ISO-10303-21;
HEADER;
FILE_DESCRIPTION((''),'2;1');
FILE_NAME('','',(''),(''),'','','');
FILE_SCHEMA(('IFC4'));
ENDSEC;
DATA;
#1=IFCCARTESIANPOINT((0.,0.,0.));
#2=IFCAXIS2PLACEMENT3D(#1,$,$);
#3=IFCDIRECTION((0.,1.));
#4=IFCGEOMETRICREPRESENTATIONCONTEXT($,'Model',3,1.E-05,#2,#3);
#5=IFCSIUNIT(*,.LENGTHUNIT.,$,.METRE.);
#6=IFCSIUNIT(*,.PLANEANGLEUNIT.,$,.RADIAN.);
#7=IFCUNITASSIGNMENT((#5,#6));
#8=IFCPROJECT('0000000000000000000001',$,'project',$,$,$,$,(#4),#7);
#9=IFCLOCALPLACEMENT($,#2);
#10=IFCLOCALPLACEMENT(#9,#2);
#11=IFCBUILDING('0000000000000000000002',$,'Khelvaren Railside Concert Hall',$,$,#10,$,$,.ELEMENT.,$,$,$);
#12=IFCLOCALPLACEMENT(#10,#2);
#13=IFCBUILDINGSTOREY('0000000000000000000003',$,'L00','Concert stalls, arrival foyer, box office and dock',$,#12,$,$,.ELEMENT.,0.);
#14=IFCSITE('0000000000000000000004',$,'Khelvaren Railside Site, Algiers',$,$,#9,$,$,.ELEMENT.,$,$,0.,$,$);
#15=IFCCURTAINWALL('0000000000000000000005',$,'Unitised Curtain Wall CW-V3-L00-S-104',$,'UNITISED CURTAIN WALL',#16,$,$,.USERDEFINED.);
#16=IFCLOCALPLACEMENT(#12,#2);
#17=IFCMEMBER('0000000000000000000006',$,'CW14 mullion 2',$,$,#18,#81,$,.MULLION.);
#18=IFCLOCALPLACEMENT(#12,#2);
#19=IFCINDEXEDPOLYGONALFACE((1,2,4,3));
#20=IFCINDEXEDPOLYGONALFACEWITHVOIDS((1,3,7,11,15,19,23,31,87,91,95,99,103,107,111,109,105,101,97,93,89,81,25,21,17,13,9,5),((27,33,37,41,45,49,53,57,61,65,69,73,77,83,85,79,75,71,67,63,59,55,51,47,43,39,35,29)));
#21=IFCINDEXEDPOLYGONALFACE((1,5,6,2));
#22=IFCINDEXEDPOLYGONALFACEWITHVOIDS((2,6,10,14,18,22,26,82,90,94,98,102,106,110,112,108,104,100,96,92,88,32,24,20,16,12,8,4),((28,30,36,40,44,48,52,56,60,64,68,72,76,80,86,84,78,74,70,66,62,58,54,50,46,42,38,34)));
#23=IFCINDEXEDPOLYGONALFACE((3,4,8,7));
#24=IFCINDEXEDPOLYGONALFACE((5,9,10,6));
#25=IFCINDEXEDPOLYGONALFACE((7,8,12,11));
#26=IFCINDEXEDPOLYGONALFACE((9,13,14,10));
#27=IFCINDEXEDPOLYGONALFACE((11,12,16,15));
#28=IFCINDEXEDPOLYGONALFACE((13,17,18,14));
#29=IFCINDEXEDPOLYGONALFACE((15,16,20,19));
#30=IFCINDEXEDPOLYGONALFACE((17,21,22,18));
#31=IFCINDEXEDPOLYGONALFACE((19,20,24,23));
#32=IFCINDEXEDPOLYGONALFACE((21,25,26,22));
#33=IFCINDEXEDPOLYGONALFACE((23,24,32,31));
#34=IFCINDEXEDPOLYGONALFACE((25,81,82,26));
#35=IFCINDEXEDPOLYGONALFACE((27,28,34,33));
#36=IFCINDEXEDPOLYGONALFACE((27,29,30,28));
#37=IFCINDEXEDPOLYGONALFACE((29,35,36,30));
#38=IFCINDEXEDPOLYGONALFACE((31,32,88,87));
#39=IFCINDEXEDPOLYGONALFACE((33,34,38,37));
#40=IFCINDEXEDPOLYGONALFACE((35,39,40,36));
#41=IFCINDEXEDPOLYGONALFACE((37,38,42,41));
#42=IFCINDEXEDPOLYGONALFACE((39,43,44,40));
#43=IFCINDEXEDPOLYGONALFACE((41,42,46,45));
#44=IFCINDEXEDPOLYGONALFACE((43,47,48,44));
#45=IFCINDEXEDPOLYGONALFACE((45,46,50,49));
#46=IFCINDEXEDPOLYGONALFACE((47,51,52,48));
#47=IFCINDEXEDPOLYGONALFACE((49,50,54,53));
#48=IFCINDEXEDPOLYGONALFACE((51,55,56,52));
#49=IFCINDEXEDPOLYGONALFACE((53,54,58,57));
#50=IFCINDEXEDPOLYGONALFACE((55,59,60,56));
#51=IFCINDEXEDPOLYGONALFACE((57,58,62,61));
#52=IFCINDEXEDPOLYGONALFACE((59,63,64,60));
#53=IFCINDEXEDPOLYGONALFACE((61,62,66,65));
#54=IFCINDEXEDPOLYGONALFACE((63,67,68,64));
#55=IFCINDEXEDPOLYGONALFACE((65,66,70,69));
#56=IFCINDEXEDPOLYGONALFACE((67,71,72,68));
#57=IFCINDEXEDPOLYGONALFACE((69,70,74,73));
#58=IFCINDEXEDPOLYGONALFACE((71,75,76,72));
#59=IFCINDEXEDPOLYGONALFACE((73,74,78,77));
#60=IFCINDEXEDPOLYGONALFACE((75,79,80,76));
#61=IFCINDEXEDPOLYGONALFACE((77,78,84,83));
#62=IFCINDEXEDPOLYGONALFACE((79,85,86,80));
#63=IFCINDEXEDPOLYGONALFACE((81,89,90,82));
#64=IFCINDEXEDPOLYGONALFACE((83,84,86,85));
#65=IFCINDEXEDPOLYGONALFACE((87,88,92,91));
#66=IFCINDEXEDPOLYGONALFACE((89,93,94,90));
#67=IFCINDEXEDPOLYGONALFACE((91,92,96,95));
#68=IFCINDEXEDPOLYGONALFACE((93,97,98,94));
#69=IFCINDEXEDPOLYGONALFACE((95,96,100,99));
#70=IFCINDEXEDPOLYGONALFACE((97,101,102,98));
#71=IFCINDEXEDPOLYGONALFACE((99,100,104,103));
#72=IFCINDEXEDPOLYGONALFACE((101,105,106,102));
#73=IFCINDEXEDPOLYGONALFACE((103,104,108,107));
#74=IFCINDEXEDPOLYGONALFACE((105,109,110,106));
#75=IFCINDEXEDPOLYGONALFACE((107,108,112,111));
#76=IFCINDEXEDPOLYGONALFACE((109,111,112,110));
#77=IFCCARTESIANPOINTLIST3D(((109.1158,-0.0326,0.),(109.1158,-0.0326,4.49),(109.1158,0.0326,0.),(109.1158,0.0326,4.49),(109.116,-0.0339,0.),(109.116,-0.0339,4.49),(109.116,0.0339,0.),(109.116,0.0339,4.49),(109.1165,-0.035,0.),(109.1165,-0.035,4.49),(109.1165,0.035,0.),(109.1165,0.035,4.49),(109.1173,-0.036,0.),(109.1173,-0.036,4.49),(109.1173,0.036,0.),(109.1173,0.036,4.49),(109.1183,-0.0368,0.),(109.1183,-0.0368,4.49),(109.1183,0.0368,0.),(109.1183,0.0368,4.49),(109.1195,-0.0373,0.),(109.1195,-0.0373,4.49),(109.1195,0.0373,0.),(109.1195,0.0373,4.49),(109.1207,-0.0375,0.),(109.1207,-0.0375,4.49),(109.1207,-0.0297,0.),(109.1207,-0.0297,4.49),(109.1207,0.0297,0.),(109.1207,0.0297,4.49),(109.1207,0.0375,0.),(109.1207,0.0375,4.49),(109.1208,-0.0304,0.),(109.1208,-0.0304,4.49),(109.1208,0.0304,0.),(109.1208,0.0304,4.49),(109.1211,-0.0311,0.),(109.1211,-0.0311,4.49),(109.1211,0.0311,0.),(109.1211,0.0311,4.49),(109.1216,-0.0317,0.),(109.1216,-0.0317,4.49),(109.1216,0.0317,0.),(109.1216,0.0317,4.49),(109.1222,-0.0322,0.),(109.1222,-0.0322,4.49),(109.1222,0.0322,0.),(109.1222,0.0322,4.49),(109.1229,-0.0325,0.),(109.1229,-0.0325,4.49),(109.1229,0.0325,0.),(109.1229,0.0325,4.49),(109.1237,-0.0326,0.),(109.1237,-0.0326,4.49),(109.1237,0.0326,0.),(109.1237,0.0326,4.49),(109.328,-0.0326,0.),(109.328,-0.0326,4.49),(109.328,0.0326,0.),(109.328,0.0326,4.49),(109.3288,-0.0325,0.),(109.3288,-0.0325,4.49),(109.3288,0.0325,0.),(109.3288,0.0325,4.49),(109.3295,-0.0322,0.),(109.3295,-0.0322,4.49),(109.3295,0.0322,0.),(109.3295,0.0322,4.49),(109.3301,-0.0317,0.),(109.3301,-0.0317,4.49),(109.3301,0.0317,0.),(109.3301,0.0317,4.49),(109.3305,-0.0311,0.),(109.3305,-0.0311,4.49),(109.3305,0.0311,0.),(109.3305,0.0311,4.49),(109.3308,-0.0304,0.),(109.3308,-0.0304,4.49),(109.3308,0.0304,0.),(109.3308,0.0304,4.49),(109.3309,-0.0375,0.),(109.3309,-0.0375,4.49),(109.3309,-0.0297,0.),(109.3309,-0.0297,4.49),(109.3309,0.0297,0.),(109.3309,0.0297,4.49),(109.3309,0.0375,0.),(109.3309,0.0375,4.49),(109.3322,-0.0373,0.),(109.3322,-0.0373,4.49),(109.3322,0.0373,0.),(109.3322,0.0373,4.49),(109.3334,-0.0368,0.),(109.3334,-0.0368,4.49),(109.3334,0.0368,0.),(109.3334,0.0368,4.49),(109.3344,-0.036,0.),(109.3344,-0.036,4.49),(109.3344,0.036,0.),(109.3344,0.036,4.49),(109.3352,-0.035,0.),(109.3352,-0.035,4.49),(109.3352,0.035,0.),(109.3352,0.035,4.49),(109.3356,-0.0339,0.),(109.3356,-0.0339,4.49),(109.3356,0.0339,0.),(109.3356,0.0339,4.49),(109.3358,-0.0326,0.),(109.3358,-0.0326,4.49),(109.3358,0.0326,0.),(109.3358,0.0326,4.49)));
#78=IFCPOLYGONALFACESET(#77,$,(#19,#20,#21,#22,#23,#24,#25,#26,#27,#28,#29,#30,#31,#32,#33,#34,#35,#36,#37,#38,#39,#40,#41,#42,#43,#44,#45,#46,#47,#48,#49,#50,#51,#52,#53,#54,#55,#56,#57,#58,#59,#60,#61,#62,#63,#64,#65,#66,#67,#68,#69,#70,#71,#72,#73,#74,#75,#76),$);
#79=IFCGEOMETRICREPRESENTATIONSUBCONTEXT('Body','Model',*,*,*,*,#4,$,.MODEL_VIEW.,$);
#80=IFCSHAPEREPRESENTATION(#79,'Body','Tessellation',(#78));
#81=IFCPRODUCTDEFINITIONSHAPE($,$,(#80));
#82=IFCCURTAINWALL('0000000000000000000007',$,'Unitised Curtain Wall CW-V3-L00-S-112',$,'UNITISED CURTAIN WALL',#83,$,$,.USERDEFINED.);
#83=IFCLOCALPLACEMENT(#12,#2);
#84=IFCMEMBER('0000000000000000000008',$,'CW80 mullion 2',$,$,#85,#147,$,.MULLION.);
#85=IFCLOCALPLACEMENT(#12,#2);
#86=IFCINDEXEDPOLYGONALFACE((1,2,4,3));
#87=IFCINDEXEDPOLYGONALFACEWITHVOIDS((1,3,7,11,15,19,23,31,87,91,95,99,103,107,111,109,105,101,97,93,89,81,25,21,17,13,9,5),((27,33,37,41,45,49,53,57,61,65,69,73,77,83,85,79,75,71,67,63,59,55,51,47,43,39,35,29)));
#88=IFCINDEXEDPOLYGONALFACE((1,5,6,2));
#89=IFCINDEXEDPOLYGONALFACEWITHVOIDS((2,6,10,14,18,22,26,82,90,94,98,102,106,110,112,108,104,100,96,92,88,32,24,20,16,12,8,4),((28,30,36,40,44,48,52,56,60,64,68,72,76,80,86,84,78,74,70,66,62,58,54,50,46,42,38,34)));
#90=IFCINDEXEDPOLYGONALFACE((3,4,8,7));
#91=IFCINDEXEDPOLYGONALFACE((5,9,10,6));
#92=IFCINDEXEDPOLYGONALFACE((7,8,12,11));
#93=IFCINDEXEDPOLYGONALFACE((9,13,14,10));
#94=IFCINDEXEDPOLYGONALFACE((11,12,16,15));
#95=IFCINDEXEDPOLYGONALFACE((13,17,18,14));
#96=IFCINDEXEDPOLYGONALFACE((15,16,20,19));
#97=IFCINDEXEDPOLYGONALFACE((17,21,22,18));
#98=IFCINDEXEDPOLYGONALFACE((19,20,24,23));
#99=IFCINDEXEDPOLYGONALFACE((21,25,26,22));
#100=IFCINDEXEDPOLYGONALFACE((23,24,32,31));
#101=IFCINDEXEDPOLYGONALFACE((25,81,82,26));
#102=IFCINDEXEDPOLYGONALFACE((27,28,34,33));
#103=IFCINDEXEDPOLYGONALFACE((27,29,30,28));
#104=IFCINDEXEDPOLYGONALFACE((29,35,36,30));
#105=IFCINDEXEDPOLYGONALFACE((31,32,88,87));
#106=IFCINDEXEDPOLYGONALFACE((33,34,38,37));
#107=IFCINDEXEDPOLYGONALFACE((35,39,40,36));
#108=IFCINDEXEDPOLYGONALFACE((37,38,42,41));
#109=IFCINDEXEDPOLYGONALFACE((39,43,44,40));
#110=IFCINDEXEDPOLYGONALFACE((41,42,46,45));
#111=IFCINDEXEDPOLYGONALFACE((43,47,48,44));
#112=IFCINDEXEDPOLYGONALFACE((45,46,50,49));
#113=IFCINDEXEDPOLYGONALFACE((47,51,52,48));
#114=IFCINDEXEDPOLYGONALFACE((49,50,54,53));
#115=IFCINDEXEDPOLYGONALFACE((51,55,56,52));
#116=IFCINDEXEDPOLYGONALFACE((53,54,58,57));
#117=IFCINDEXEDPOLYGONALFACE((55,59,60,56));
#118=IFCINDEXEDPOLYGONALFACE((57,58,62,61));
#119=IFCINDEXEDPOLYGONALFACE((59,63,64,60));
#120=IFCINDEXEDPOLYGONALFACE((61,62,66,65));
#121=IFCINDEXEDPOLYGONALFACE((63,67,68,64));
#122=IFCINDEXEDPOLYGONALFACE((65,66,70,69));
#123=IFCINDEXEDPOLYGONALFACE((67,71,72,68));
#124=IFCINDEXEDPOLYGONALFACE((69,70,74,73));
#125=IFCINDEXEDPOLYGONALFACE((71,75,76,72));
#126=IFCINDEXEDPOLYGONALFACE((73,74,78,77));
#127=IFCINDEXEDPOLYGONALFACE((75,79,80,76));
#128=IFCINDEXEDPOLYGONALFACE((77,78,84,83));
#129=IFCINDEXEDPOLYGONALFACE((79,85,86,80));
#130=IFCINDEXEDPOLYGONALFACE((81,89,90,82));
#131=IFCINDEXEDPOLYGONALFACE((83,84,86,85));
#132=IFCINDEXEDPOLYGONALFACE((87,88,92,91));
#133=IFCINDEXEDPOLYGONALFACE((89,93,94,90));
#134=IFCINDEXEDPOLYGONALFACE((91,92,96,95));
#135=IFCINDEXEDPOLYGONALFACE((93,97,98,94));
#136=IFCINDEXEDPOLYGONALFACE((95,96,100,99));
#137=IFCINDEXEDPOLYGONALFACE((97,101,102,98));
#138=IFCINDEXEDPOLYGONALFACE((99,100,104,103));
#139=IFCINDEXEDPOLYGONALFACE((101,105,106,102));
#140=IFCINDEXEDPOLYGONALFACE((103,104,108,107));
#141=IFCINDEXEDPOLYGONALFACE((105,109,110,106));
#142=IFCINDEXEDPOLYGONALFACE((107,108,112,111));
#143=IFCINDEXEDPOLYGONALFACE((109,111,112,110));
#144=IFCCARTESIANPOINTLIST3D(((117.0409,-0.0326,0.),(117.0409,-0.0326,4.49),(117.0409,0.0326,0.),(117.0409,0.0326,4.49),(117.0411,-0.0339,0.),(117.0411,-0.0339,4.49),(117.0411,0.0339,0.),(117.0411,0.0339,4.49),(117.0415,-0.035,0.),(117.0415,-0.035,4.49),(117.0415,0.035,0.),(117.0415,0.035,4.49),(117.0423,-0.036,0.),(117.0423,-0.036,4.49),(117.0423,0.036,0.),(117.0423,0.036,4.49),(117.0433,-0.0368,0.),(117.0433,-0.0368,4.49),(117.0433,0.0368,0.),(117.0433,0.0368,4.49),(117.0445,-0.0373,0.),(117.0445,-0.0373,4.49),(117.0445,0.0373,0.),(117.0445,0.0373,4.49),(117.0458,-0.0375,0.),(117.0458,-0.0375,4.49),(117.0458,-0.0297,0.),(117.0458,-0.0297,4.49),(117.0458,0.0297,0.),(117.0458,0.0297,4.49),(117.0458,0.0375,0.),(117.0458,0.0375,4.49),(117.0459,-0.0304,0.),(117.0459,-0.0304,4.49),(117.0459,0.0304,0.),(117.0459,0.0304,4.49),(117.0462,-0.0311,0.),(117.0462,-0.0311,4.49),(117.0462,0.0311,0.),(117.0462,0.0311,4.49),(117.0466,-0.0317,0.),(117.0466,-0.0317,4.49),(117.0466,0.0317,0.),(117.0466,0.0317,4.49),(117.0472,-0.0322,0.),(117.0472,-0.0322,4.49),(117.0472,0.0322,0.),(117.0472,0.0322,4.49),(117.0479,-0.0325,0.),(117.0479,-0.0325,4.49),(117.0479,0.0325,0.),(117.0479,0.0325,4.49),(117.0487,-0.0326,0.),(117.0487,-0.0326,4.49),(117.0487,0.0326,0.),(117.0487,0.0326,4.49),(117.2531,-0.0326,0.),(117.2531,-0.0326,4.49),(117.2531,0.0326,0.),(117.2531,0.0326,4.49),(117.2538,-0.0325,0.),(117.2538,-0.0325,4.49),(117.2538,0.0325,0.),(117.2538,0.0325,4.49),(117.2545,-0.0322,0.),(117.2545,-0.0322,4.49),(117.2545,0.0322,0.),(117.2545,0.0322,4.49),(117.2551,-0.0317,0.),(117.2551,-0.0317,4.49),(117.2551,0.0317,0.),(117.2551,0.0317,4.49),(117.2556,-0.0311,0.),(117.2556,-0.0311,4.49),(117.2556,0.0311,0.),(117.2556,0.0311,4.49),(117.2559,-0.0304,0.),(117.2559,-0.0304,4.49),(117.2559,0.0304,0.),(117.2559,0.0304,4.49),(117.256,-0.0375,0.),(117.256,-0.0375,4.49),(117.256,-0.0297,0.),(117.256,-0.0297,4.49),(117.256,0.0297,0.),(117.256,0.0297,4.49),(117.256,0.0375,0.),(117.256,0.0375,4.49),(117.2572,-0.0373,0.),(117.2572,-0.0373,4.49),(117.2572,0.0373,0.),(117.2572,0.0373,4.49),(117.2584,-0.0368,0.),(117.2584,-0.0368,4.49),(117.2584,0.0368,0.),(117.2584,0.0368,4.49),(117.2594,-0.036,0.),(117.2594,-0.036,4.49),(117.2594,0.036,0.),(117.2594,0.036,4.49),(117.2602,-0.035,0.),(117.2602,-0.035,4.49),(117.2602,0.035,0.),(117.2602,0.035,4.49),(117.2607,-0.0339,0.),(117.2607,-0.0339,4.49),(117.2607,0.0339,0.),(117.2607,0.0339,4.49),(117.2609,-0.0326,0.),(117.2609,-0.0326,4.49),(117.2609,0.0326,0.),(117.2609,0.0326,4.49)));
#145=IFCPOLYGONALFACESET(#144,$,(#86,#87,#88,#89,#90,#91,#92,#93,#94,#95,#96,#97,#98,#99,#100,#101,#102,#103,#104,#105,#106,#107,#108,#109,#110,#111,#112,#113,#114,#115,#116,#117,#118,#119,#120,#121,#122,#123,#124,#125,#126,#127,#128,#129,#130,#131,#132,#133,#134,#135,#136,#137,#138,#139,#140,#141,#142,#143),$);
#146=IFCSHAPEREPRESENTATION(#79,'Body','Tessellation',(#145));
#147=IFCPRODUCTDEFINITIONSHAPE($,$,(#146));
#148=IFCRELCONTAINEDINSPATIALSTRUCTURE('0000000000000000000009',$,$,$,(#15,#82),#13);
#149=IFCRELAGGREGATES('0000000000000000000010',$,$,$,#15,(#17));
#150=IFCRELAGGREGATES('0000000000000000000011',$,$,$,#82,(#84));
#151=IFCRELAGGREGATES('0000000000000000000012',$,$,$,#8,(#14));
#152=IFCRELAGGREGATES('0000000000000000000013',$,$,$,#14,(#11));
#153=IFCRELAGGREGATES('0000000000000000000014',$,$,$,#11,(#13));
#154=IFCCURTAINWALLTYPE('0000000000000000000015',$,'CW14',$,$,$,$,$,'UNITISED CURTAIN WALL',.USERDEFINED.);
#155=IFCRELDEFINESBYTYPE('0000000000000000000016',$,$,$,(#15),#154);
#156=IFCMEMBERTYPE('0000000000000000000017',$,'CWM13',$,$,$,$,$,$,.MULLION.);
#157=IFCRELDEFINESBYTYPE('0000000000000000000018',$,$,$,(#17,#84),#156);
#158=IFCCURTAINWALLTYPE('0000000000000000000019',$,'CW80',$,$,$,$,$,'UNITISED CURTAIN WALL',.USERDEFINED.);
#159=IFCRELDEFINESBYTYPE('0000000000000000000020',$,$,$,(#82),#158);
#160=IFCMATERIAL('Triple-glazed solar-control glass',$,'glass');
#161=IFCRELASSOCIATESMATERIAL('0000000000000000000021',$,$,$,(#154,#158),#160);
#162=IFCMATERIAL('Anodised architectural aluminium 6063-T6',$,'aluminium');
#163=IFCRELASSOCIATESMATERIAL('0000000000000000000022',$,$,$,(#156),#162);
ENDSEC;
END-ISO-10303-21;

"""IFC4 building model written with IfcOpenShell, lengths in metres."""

from ifc_helpers import new_model, si_unit, direction, frame, origin, origin_2d, place, context, subcontext, project, spatial, hollow_rectangle, extrude, material, material_profile, profile_set, type_object, element, aggregate, save


model = new_model("IFC4")

# Units and contexts
model_context = context("Model", 3, precision=1e-05, world=origin(), true_north=direction((0.0, 1.0)))
body_context = subcontext(model_context, "Body", "Model", "MODEL_VIEW")
ifc_project = project(units=[si_unit("LENGTHUNIT", "METRE"), si_unit("PLANEANGLEUNIT", "RADIAN")], contexts=[model_context])

# Site, building, storey
site_placement = place(None, origin())
site = spatial("IfcSite", under=ifc_project, at=site_placement, Name="Khelvaren Railside Site, Algiers", CompositionType="ELEMENT", RefElevation=0.0)
building_placement = place(site_placement, origin())
building = spatial("IfcBuilding", under=site, at=building_placement, Name="Khelvaren Railside Concert Hall", CompositionType="ELEMENT")
storey_placement = place(building_placement, origin())
storey = spatial("IfcBuildingStorey", under=building, at=storey_placement, Name="L00", Description="Concert stalls, arrival foyer, box office and dock", CompositionType="ELEMENT", Elevation=0.0)

# Curtain walls, members
ifc_material_1 = material(Name="Triple-glazed solar-control glass", Category="glass")
curtain_wall_type_1 = type_object("IfcCurtainWallType", Name="CW14", ElementType="UNITISED CURTAIN WALL", PredefinedType="USERDEFINED", material=ifc_material_1)
curtain_wall_1_placement = place(storey_placement, origin())
curtain_wall_1 = element("IfcCurtainWall", 1, at=curtain_wall_1_placement, inside=storey, type_object=curtain_wall_type_1, Name="Unitised Curtain Wall CW-V3-L00-S-104", ObjectType="UNITISED CURTAIN WALL", PredefinedType="USERDEFINED")
ifc_material_2 = material(Name="Anodised architectural aluminium 6063-T6", Category="aluminium")
ifc_material_profile_1 = material_profile(ifc_material_2, hollow_rectangle(XDim=0.075, YDim=0.22, WallThickness=0.0049, InnerFilletRadius=0.0029, OuterFilletRadius=0.0049, at=origin_2d()), Name="CWM 75x220x5")
ifc_profile_set_1 = profile_set([ifc_material_profile_1], Name="Anodised architectural aluminium 6063-T6")
member_type_1 = type_object("IfcMemberType", Name="CWM13", PredefinedType="MULLION", material=ifc_profile_set_1)
member_1_placement = place(storey_placement, frame((109.2258, 0.0, 0.0), z_axis=(0.0, 0.0, 1.0), x_axis=(0.0, -1.0, 0.0)))
member_1 = element("IfcMember", 2, at=member_1_placement, type_object=member_type_1, Name="CW14 mullion 2", PredefinedType="MULLION", context=body_context, shape_type="SweptSolid", body=[
    extrude(hollow_rectangle(XDim=0.075, YDim=0.22, WallThickness=0.0049, InnerFilletRadius=0.0029, OuterFilletRadius=0.0049, at=origin_2d()), origin(), (0.0, 0.0, 1.0), 4.49),
])
curtain_wall_type_2 = type_object("IfcCurtainWallType", Name="CW80", ElementType="UNITISED CURTAIN WALL", PredefinedType="USERDEFINED", material=ifc_material_1)
curtain_wall_2_placement = place(storey_placement, origin())
curtain_wall_2 = element("IfcCurtainWall", 3, at=curtain_wall_2_placement, inside=storey, type_object=curtain_wall_type_2, Name="Unitised Curtain Wall CW-V3-L00-S-112", ObjectType="UNITISED CURTAIN WALL", PredefinedType="USERDEFINED")
member_2_placement = place(storey_placement, frame((117.1509, 0.0, 0.0), z_axis=(0.0, 0.0, 1.0), x_axis=(0.0, -1.0, 0.0)))
member_2 = element("IfcMember", 4, at=member_2_placement, type_object=member_type_1, Name="CW80 mullion 2", PredefinedType="MULLION", context=body_context, shape_type="SweptSolid", body=[
    extrude(hollow_rectangle(XDim=0.075, YDim=0.22, WallThickness=0.0049, InnerFilletRadius=0.0029, OuterFilletRadius=0.0049, at=origin_2d()), origin(), (0.0, 0.0, 1.0), 4.49),
])

aggregate(curtain_wall_1, [member_1])
aggregate(curtain_wall_2, [member_2])

save(model, "model.ifc")
